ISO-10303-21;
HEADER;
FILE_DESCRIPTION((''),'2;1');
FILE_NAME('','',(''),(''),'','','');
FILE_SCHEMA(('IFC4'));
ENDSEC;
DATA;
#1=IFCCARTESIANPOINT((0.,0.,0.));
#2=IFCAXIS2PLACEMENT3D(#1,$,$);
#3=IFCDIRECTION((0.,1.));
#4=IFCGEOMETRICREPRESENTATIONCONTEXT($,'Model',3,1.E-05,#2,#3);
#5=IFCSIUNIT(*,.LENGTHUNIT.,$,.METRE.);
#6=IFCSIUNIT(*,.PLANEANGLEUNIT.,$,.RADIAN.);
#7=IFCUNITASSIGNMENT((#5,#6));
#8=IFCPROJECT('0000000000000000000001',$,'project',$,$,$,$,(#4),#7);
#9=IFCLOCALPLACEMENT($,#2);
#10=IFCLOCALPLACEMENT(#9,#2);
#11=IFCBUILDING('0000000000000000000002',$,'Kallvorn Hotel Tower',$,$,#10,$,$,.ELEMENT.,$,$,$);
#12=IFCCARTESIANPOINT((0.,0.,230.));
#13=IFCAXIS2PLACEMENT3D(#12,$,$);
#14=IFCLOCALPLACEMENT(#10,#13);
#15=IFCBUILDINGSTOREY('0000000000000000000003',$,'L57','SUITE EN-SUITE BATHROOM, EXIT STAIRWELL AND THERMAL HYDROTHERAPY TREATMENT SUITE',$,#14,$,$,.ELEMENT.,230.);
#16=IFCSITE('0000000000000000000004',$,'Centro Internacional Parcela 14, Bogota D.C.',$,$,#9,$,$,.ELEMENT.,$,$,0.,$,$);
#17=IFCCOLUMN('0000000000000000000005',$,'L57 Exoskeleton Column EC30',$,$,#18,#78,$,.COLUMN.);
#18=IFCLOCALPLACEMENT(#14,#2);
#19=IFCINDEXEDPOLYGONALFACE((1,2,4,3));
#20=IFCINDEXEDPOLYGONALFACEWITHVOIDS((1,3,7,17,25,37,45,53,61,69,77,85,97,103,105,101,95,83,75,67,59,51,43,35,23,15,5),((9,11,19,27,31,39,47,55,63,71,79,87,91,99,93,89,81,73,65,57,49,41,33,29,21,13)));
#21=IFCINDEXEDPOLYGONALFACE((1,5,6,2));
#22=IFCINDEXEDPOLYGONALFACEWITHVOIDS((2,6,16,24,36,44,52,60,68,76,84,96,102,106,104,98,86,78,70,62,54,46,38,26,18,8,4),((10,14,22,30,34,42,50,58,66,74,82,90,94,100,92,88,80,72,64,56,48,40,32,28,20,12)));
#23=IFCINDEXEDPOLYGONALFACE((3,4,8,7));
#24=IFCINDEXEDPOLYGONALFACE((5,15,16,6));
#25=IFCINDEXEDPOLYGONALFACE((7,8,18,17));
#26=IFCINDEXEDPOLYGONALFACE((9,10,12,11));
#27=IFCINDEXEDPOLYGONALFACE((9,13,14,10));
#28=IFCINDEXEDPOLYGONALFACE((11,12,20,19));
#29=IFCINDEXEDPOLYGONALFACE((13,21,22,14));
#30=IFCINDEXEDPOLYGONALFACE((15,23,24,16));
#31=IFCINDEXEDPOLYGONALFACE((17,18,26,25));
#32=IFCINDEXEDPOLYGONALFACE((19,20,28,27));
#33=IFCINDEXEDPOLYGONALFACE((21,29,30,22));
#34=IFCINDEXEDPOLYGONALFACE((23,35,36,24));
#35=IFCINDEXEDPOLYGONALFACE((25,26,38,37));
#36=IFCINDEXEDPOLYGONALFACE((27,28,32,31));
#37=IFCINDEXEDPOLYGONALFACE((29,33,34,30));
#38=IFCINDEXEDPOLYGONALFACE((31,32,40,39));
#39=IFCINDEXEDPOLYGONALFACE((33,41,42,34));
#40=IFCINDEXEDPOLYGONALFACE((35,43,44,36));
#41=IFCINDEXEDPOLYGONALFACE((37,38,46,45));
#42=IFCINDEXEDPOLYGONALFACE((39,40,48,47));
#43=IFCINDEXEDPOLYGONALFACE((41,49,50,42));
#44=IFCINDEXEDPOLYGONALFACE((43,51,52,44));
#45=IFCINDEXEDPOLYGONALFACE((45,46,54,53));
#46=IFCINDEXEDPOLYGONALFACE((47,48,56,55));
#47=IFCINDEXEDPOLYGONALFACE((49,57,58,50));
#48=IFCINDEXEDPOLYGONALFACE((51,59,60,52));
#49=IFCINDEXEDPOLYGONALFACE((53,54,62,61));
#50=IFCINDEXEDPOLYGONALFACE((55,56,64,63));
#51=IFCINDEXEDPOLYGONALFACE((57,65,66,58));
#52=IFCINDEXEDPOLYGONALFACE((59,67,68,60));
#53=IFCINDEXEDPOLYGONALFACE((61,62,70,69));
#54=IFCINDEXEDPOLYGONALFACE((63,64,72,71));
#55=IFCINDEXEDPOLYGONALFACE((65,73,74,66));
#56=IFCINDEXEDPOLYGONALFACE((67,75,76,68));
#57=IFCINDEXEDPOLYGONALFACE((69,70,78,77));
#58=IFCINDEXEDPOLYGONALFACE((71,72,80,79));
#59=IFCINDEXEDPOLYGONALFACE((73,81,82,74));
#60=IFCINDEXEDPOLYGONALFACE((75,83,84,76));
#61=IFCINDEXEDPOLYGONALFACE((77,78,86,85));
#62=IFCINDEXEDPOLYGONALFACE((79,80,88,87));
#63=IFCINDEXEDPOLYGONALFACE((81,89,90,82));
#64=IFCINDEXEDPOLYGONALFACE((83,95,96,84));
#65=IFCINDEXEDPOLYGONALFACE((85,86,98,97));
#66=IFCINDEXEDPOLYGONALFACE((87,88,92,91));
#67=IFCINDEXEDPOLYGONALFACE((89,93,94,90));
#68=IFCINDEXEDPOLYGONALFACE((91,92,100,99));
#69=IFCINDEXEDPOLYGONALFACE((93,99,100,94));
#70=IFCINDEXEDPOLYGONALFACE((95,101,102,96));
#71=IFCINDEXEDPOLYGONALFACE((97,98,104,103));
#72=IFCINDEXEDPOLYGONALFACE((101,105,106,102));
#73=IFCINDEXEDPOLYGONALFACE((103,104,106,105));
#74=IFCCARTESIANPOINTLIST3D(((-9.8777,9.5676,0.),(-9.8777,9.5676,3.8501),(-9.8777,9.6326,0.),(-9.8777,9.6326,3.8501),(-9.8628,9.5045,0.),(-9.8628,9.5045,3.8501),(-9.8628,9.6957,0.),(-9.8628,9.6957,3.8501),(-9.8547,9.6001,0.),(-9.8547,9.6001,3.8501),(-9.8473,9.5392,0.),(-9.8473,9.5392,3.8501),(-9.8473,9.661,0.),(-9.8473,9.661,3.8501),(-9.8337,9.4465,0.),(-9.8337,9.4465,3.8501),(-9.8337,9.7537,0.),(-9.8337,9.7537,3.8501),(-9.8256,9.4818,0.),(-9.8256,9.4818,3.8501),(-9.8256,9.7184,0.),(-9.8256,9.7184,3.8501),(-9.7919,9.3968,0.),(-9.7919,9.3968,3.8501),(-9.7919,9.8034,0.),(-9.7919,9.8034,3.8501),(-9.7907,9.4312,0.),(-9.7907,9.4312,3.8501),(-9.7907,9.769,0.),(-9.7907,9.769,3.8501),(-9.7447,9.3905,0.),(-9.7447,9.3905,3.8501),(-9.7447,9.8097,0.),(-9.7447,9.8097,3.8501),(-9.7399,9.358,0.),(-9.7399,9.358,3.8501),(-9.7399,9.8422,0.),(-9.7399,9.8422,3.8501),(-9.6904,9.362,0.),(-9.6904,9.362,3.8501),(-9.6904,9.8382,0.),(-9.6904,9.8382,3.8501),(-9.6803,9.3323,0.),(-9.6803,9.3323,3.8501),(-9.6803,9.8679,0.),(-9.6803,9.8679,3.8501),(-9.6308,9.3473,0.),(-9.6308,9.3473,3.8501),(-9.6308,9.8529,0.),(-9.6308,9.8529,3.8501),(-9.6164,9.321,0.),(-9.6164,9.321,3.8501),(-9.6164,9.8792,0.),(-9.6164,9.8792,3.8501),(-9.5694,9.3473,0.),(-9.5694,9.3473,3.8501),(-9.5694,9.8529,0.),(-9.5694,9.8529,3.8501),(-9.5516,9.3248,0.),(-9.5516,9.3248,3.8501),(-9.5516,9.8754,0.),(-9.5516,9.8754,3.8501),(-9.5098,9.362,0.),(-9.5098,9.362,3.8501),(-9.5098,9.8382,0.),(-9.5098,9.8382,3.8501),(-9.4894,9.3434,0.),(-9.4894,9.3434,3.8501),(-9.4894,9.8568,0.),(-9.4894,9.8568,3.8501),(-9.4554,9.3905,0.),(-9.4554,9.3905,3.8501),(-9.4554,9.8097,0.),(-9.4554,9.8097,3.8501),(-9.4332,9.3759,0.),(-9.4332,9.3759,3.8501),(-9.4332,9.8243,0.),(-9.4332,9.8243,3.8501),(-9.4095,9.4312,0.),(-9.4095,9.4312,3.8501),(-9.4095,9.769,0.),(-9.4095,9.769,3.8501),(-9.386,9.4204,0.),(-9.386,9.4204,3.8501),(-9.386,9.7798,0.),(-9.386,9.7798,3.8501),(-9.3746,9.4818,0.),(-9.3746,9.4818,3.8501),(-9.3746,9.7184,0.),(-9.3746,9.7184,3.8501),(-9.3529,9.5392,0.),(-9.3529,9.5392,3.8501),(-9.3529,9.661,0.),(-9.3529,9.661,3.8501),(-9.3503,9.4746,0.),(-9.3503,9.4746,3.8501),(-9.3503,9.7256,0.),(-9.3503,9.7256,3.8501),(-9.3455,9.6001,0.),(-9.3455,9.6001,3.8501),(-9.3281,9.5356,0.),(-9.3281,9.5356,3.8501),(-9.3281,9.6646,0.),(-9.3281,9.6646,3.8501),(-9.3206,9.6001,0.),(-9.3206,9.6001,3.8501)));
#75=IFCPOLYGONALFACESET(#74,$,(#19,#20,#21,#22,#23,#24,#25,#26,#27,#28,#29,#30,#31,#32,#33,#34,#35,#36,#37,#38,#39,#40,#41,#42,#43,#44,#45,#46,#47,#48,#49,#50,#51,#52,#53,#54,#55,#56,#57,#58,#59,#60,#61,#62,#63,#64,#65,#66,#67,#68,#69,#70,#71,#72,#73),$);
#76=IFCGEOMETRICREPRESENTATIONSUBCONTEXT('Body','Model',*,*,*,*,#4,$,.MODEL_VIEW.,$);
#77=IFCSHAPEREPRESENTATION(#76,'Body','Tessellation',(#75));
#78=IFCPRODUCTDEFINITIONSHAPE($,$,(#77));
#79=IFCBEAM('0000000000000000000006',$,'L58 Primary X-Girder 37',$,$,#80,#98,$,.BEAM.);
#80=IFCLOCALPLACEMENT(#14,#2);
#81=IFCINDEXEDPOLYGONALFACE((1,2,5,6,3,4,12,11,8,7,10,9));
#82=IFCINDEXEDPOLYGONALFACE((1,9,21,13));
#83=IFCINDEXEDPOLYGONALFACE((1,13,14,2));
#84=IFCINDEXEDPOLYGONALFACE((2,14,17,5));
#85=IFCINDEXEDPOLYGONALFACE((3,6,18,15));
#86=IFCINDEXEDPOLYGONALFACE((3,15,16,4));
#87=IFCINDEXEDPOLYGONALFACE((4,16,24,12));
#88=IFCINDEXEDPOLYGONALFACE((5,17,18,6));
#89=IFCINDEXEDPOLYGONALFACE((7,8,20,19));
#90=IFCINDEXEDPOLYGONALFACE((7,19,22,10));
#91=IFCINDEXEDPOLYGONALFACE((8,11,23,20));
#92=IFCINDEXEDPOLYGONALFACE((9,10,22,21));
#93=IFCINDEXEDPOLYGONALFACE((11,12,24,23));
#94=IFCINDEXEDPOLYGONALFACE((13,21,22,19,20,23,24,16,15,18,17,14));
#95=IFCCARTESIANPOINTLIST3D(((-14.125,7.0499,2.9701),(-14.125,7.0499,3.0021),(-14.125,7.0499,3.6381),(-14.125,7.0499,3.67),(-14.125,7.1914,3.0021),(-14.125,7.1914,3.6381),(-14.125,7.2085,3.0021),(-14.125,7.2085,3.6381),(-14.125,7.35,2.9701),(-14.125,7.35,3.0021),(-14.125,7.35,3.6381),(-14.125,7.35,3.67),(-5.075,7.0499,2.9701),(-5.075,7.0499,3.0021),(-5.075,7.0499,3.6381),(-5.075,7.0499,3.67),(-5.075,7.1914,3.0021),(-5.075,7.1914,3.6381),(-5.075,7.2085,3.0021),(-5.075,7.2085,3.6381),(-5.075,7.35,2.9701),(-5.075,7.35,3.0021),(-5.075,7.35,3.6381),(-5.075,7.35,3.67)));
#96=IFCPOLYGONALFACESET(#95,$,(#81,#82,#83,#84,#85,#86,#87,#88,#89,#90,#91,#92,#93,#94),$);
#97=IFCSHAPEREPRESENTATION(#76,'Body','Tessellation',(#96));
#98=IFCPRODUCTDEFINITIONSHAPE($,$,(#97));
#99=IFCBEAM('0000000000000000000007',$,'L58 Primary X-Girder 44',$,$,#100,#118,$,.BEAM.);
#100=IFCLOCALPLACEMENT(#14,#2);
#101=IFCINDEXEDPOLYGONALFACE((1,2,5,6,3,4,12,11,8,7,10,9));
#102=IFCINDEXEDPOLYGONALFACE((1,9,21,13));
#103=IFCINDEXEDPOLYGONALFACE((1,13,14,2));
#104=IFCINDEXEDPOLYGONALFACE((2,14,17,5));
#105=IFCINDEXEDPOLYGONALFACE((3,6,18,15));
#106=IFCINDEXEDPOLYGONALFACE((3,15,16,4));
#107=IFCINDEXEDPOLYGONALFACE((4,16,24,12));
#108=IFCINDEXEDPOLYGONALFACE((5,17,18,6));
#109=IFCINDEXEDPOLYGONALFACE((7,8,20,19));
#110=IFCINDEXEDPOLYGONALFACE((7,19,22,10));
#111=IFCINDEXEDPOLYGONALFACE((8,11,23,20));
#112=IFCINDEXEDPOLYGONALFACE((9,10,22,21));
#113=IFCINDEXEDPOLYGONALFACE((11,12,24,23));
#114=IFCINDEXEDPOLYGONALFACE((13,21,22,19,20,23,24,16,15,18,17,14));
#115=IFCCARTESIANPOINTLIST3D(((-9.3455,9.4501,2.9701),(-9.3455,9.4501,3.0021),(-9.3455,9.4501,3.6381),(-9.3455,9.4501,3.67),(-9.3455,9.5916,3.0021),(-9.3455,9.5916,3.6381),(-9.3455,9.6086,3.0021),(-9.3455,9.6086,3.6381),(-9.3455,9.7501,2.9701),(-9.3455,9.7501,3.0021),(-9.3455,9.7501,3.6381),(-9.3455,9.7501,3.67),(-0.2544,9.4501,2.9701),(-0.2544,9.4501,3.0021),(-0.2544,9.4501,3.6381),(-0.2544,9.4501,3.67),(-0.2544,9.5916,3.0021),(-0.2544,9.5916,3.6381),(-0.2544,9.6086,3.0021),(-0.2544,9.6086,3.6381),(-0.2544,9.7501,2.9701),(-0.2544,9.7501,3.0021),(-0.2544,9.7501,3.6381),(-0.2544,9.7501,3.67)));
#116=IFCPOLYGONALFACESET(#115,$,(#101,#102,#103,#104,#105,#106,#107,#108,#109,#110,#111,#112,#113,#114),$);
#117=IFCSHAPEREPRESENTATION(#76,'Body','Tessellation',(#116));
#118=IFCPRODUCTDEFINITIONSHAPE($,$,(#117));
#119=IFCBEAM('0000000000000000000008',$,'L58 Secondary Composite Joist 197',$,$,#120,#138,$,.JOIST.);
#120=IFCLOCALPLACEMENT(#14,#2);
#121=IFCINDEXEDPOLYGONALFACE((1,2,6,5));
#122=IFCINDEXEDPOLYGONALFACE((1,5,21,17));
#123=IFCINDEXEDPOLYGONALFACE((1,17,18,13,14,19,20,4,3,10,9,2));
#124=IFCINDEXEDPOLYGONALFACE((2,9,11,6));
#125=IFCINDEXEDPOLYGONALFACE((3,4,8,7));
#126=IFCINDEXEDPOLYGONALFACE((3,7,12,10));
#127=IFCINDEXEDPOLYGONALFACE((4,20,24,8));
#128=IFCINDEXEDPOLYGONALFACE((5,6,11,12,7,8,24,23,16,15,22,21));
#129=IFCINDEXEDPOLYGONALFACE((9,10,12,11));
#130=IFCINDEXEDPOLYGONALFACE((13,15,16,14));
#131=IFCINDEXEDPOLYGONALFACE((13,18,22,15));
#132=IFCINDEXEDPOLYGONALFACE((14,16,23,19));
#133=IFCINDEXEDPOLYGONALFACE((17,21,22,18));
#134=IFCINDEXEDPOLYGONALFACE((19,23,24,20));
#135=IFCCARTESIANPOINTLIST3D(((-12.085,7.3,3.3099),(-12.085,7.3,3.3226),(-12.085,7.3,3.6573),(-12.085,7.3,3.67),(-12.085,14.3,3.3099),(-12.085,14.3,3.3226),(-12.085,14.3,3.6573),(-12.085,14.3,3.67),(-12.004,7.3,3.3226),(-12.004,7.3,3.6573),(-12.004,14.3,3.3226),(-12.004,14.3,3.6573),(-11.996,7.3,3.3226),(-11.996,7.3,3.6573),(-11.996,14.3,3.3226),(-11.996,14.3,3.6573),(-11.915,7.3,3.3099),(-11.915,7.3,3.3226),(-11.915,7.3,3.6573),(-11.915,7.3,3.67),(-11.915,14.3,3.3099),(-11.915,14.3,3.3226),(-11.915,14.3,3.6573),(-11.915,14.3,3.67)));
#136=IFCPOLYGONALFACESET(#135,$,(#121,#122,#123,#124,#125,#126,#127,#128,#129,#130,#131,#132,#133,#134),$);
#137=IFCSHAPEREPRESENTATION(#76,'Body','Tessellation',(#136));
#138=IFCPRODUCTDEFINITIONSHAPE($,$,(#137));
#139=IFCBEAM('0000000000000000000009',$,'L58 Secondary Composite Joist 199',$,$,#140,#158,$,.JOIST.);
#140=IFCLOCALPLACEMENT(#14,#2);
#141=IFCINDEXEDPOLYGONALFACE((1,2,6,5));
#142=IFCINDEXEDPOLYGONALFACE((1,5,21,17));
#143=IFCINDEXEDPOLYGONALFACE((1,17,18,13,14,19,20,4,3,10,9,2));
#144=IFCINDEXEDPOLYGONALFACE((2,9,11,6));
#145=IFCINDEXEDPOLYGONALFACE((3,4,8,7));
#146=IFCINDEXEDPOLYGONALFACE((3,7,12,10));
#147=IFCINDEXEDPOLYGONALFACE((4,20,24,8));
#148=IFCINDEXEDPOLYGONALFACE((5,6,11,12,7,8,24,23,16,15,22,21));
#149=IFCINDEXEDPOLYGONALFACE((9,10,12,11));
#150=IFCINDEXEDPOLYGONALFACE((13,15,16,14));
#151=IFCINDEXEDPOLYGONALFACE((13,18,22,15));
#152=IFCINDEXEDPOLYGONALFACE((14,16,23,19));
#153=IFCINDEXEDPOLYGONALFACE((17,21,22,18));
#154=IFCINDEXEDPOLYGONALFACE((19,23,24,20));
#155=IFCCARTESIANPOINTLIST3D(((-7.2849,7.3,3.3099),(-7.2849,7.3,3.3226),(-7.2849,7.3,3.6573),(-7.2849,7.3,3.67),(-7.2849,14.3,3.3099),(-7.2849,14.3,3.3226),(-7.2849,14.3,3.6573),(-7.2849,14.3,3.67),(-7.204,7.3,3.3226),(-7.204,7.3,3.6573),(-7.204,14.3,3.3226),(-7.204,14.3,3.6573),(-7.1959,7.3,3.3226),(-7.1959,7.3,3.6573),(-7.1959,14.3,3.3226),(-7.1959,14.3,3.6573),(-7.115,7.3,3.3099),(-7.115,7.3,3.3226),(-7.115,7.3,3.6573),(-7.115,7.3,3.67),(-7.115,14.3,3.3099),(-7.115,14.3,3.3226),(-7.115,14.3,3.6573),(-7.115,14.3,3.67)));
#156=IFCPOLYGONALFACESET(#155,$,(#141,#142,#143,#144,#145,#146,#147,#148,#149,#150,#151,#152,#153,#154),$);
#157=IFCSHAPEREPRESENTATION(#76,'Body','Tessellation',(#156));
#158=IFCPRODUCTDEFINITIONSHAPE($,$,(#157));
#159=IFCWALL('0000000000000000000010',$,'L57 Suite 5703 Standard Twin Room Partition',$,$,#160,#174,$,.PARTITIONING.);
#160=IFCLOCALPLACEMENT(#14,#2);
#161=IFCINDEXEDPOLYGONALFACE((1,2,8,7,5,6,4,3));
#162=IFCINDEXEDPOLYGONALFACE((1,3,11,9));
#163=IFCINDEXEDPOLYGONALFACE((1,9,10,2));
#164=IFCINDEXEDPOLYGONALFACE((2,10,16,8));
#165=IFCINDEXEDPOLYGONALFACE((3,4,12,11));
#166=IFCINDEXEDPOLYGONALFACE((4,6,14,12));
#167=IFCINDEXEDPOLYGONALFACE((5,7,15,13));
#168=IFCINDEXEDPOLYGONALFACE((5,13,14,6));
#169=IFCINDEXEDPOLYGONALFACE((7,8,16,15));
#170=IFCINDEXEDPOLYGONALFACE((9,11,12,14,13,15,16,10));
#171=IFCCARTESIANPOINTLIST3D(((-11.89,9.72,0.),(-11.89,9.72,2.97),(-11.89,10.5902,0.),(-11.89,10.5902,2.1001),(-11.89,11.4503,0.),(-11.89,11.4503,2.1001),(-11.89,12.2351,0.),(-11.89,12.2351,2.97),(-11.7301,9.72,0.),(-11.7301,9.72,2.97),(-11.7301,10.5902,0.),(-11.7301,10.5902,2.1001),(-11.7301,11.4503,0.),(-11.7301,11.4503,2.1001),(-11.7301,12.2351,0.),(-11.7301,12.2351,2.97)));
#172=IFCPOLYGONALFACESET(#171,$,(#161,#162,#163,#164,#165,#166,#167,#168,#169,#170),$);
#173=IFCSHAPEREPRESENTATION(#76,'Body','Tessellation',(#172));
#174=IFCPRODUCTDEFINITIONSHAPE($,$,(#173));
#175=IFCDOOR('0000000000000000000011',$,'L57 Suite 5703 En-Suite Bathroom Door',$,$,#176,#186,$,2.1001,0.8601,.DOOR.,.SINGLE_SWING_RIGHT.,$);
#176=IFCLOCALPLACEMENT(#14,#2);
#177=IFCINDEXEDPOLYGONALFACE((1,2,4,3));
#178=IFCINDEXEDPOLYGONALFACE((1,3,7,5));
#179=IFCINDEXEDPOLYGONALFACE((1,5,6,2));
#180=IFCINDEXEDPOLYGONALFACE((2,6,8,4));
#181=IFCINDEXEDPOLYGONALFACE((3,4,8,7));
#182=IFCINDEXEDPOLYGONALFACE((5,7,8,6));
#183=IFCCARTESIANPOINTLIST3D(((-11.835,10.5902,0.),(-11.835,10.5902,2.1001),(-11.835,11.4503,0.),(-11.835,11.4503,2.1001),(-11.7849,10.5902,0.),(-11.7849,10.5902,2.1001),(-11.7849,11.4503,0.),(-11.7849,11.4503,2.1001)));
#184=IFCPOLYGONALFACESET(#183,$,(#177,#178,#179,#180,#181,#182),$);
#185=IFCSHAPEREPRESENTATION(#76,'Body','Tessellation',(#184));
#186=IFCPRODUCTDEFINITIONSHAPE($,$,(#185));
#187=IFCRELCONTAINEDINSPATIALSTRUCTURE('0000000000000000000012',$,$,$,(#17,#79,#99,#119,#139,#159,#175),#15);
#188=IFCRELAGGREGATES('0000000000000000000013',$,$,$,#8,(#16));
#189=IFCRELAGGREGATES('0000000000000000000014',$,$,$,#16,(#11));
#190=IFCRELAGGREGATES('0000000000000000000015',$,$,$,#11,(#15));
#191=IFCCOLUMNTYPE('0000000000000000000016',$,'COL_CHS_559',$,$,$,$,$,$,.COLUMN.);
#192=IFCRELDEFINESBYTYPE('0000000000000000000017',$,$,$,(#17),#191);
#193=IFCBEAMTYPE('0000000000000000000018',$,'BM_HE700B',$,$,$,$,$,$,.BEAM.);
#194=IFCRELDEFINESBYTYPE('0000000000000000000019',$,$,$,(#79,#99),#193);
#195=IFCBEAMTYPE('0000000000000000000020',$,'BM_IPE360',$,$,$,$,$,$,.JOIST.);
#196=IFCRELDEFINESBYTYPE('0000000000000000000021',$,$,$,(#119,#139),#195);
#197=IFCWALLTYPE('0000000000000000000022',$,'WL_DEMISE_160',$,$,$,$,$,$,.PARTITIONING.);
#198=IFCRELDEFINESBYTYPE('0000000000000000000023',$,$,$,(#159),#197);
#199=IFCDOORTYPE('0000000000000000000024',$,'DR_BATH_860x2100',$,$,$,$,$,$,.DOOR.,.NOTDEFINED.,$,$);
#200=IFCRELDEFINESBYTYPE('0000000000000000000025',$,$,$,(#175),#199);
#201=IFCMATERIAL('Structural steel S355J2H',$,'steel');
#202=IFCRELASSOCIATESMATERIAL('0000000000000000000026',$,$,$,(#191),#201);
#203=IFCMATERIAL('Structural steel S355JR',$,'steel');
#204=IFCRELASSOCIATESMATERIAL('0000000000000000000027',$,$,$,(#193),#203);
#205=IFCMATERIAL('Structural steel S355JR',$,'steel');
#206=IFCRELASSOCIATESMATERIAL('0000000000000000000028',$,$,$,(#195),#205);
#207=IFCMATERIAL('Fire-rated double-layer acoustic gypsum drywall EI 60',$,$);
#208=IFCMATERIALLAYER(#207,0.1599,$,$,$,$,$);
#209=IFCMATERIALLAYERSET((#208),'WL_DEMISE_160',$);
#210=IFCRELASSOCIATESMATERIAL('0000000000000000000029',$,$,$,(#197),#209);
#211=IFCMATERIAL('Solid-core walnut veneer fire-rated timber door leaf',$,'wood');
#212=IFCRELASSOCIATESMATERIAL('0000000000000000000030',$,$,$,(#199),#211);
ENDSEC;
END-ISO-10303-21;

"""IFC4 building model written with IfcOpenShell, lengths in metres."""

from ifc_helpers import new_model, si_unit, direction, frame, frame_2d, origin, origin_2d, place, context, subcontext, project, spatial, rectangle, hollow_circle, i_section, extrude, material, layer, layer_set, material_profile, profile_set, type_object, element, fill, save


model = new_model("IFC4")

# Units and contexts
model_context = context("Model", 3, precision=1e-05, world=origin(), true_north=direction((0.0, 1.0)))
body_context = subcontext(model_context, "Body", "Model", "MODEL_VIEW")
ifc_project = project(units=[si_unit("LENGTHUNIT", "METRE"), si_unit("PLANEANGLEUNIT", "RADIAN")], contexts=[model_context])

# Site, building, storey
site_placement = place(None, origin())
site = spatial("IfcSite", under=ifc_project, at=site_placement, Name="Centro Internacional Parcela 14, Bogota D.C.", CompositionType="ELEMENT", RefElevation=0.0)
building_placement = place(site_placement, origin())
building = spatial("IfcBuilding", under=site, at=building_placement, Name="Kallvorn Hotel Tower", CompositionType="ELEMENT")
storey_placement = place(building_placement, frame((0.0, 0.0, 230.0)))
storey = spatial("IfcBuildingStorey", under=building, at=storey_placement, Name="L57", Description="SUITE EN-SUITE BATHROOM, EXIT STAIRWELL AND THERMAL HYDROTHERAPY TREATMENT SUITE", CompositionType="ELEMENT", Elevation=230.0)

# Column
ifc_material_1 = material(Name="Structural steel S355J2H", Category="steel")
ifc_material_profile_1 = material_profile(ifc_material_1, hollow_circle(Radius=0.2795, WallThickness=0.0249, at=origin_2d()), Name="CHS 559x25")
ifc_profile_set_1 = profile_set([ifc_material_profile_1], Name="Structural steel S355J2H")
column_type = type_object("IfcColumnType", Name="COL_CHS_559", PredefinedType="COLUMN", material=ifc_profile_set_1)
column_placement = place(storey_placement, frame((-9.6001, 9.6001, 0.0), z_axis=(0.0, 0.0, 1.0), x_axis=(1.0, 0.0, 0.0)))
element("IfcColumn", 1, at=column_placement, inside=storey, type_object=column_type, Name="L57 Exoskeleton Column EC30", PredefinedType="COLUMN", context=body_context, shape_type="SweptSolid", body=[
    extrude(hollow_circle(Radius=0.2795, WallThickness=0.0249, at=origin_2d()), origin(), (0.0, 0.0, 1.0), 3.8501),
])

# Beams
ifc_material_2 = material(Name="Structural steel S355JR", Category="steel")
ifc_material_profile_2 = material_profile(ifc_material_2, i_section(OverallWidth=0.3, OverallDepth=0.7, WebThickness=0.0171, FlangeThickness=0.032, at=origin_2d()), Name="HE 700 B")
ifc_profile_set_2 = profile_set([ifc_material_profile_2], Name="Structural steel S355JR")
beam_type_1 = type_object("IfcBeamType", Name="BM_HE700B", PredefinedType="BEAM", material=ifc_profile_set_2)
beam_1_placement = place(storey_placement, frame((-14.125, 7.2, 3.3201), z_axis=(1.0, 0.0, 0.0), x_axis=(0.0, 1.0, 0.0)))
element("IfcBeam", 2, at=beam_1_placement, inside=storey, type_object=beam_type_1, Name="L58 Primary X-Girder 37", PredefinedType="BEAM", context=body_context, shape_type="SweptSolid", body=[
    extrude(i_section(OverallWidth=0.3, OverallDepth=0.7, WebThickness=0.0171, FlangeThickness=0.032, at=origin_2d()), origin(), (0.0, 0.0, 1.0), 9.05),
])
beam_2_placement = place(storey_placement, frame((-9.3455, 9.6001, 3.3201), z_axis=(1.0, 0.0, 0.0), x_axis=(0.0, 1.0, 0.0)))
element("IfcBeam", 3, at=beam_2_placement, inside=storey, type_object=beam_type_1, Name="L58 Primary X-Girder 44", PredefinedType="BEAM", context=body_context, shape_type="SweptSolid", body=[
    extrude(i_section(OverallWidth=0.3, OverallDepth=0.7, WebThickness=0.0171, FlangeThickness=0.032, at=origin_2d()), origin(), (0.0, 0.0, 1.0), 9.0911),
])
ifc_material_3 = material(Name="Structural steel S355JR", Category="steel")
ifc_material_profile_3 = material_profile(ifc_material_3, i_section(OverallWidth=0.1699, OverallDepth=0.3601, WebThickness=0.0081, FlangeThickness=0.0127, at=origin_2d()), Name="IPE 360")
ifc_profile_set_3 = profile_set([ifc_material_profile_3], Name="Structural steel S355JR")
beam_type_2 = type_object("IfcBeamType", Name="BM_IPE360", PredefinedType="JOIST", material=ifc_profile_set_3)
for number, where, z_axis, x_axis, name in (
    (4, (-12.0, 7.3, 3.49), (0.0, 1.0, 0.0), (-1.0, 0.0, 0.0), "L58 Secondary Composite Joist 197"),
    (5, (-7.2, 7.3, 3.49), (0.0, 1.0, 0.0), (-1.0, 0.0, 0.0), "L58 Secondary Composite Joist 199"),
):
    element("IfcBeam", number, at=place(storey_placement, frame(where, z_axis=z_axis, x_axis=x_axis)), inside=storey, type_object=beam_type_2, Name=name, PredefinedType="JOIST", context=body_context, shape_type="SweptSolid", body=[
        extrude(i_section(OverallWidth=0.1699, OverallDepth=0.3601, WebThickness=0.0081, FlangeThickness=0.0127, at=origin_2d()), origin(), (0.0, 0.0, 1.0), 7.0),
    ])

# Wall, opening, door
ifc_material_4 = material(Name="Fire-rated double-layer acoustic gypsum drywall EI 60")
ifc_layer_1 = layer(ifc_material_4, 0.1599)
ifc_layer_set_1 = layer_set([ifc_layer_1], Name="WL_DEMISE_160")
wall_type_1 = type_object("IfcWallType", Name="WL_DEMISE_160", PredefinedType="PARTITIONING", material=ifc_layer_set_1)
wall_1_placement = place(storey_placement, frame((-11.8101, 9.72, 0.0), z_axis=(0.0, 0.0, 1.0), x_axis=(0.0, 1.0, 0.0)))
wall_1 = element("IfcWall", 6, at=wall_1_placement, inside=storey, type_object=wall_type_1, Name="L57 Suite 5703 Standard Twin Room Partition", PredefinedType="PARTITIONING", context=body_context, shape_type="SweptSolid", body=[
    extrude(rectangle(XDim=2.5151, YDim=0.1599, at=frame_2d((1.2576, 0.0))), origin(), (0.0, 0.0, 1.0), 2.97),
])
opening_1_placement = place(wall_1_placement, frame((0.8701, 0.0, 0.0)))
opening_1 = element("IfcOpeningElement", 7, at=opening_1_placement, cuts=wall_1, PredefinedType="OPENING", context=body_context, shape_type="SweptSolid", body=[
    extrude(rectangle(XDim=0.8601, YDim=2.1001, at=frame_2d((0.4302, 1.05))), frame((0.0, 0.095, 0.0), z_axis=(0.0, -1.0, 0.0), x_axis=(1.0, 0.0, 0.0)), (0.0, 0.0, 1.0), 0.1899),
])
ifc_material_5 = material(Name="Solid-core walnut veneer fire-rated timber door leaf", Category="wood")
door_type_1 = type_object("IfcDoorType", Name="DR_BATH_860x2100", OperationType="NOTDEFINED", PredefinedType="DOOR", material=ifc_material_5)
door_1_placement = place(opening_1_placement, origin())
door_1 = element("IfcDoor", 8, at=door_1_placement, inside=storey, type_object=door_type_1, Name="L57 Suite 5703 En-Suite Bathroom Door", OperationType="SINGLE_SWING_RIGHT", OverallHeight=2.1001, OverallWidth=0.8601, PredefinedType="DOOR", context=body_context, shape_type="SweptSolid", body=[
    extrude(rectangle(XDim=0.8601, YDim=2.1001, at=frame_2d((0.4302, 1.05))), frame((0.0, 0.0249, 0.0), z_axis=(0.0, -1.0, 0.0), x_axis=(1.0, 0.0, 0.0)), (0.0, 0.0, 1.0), 0.05),
])
fill(opening_1, door_1)

save(model, "model.ifc")
